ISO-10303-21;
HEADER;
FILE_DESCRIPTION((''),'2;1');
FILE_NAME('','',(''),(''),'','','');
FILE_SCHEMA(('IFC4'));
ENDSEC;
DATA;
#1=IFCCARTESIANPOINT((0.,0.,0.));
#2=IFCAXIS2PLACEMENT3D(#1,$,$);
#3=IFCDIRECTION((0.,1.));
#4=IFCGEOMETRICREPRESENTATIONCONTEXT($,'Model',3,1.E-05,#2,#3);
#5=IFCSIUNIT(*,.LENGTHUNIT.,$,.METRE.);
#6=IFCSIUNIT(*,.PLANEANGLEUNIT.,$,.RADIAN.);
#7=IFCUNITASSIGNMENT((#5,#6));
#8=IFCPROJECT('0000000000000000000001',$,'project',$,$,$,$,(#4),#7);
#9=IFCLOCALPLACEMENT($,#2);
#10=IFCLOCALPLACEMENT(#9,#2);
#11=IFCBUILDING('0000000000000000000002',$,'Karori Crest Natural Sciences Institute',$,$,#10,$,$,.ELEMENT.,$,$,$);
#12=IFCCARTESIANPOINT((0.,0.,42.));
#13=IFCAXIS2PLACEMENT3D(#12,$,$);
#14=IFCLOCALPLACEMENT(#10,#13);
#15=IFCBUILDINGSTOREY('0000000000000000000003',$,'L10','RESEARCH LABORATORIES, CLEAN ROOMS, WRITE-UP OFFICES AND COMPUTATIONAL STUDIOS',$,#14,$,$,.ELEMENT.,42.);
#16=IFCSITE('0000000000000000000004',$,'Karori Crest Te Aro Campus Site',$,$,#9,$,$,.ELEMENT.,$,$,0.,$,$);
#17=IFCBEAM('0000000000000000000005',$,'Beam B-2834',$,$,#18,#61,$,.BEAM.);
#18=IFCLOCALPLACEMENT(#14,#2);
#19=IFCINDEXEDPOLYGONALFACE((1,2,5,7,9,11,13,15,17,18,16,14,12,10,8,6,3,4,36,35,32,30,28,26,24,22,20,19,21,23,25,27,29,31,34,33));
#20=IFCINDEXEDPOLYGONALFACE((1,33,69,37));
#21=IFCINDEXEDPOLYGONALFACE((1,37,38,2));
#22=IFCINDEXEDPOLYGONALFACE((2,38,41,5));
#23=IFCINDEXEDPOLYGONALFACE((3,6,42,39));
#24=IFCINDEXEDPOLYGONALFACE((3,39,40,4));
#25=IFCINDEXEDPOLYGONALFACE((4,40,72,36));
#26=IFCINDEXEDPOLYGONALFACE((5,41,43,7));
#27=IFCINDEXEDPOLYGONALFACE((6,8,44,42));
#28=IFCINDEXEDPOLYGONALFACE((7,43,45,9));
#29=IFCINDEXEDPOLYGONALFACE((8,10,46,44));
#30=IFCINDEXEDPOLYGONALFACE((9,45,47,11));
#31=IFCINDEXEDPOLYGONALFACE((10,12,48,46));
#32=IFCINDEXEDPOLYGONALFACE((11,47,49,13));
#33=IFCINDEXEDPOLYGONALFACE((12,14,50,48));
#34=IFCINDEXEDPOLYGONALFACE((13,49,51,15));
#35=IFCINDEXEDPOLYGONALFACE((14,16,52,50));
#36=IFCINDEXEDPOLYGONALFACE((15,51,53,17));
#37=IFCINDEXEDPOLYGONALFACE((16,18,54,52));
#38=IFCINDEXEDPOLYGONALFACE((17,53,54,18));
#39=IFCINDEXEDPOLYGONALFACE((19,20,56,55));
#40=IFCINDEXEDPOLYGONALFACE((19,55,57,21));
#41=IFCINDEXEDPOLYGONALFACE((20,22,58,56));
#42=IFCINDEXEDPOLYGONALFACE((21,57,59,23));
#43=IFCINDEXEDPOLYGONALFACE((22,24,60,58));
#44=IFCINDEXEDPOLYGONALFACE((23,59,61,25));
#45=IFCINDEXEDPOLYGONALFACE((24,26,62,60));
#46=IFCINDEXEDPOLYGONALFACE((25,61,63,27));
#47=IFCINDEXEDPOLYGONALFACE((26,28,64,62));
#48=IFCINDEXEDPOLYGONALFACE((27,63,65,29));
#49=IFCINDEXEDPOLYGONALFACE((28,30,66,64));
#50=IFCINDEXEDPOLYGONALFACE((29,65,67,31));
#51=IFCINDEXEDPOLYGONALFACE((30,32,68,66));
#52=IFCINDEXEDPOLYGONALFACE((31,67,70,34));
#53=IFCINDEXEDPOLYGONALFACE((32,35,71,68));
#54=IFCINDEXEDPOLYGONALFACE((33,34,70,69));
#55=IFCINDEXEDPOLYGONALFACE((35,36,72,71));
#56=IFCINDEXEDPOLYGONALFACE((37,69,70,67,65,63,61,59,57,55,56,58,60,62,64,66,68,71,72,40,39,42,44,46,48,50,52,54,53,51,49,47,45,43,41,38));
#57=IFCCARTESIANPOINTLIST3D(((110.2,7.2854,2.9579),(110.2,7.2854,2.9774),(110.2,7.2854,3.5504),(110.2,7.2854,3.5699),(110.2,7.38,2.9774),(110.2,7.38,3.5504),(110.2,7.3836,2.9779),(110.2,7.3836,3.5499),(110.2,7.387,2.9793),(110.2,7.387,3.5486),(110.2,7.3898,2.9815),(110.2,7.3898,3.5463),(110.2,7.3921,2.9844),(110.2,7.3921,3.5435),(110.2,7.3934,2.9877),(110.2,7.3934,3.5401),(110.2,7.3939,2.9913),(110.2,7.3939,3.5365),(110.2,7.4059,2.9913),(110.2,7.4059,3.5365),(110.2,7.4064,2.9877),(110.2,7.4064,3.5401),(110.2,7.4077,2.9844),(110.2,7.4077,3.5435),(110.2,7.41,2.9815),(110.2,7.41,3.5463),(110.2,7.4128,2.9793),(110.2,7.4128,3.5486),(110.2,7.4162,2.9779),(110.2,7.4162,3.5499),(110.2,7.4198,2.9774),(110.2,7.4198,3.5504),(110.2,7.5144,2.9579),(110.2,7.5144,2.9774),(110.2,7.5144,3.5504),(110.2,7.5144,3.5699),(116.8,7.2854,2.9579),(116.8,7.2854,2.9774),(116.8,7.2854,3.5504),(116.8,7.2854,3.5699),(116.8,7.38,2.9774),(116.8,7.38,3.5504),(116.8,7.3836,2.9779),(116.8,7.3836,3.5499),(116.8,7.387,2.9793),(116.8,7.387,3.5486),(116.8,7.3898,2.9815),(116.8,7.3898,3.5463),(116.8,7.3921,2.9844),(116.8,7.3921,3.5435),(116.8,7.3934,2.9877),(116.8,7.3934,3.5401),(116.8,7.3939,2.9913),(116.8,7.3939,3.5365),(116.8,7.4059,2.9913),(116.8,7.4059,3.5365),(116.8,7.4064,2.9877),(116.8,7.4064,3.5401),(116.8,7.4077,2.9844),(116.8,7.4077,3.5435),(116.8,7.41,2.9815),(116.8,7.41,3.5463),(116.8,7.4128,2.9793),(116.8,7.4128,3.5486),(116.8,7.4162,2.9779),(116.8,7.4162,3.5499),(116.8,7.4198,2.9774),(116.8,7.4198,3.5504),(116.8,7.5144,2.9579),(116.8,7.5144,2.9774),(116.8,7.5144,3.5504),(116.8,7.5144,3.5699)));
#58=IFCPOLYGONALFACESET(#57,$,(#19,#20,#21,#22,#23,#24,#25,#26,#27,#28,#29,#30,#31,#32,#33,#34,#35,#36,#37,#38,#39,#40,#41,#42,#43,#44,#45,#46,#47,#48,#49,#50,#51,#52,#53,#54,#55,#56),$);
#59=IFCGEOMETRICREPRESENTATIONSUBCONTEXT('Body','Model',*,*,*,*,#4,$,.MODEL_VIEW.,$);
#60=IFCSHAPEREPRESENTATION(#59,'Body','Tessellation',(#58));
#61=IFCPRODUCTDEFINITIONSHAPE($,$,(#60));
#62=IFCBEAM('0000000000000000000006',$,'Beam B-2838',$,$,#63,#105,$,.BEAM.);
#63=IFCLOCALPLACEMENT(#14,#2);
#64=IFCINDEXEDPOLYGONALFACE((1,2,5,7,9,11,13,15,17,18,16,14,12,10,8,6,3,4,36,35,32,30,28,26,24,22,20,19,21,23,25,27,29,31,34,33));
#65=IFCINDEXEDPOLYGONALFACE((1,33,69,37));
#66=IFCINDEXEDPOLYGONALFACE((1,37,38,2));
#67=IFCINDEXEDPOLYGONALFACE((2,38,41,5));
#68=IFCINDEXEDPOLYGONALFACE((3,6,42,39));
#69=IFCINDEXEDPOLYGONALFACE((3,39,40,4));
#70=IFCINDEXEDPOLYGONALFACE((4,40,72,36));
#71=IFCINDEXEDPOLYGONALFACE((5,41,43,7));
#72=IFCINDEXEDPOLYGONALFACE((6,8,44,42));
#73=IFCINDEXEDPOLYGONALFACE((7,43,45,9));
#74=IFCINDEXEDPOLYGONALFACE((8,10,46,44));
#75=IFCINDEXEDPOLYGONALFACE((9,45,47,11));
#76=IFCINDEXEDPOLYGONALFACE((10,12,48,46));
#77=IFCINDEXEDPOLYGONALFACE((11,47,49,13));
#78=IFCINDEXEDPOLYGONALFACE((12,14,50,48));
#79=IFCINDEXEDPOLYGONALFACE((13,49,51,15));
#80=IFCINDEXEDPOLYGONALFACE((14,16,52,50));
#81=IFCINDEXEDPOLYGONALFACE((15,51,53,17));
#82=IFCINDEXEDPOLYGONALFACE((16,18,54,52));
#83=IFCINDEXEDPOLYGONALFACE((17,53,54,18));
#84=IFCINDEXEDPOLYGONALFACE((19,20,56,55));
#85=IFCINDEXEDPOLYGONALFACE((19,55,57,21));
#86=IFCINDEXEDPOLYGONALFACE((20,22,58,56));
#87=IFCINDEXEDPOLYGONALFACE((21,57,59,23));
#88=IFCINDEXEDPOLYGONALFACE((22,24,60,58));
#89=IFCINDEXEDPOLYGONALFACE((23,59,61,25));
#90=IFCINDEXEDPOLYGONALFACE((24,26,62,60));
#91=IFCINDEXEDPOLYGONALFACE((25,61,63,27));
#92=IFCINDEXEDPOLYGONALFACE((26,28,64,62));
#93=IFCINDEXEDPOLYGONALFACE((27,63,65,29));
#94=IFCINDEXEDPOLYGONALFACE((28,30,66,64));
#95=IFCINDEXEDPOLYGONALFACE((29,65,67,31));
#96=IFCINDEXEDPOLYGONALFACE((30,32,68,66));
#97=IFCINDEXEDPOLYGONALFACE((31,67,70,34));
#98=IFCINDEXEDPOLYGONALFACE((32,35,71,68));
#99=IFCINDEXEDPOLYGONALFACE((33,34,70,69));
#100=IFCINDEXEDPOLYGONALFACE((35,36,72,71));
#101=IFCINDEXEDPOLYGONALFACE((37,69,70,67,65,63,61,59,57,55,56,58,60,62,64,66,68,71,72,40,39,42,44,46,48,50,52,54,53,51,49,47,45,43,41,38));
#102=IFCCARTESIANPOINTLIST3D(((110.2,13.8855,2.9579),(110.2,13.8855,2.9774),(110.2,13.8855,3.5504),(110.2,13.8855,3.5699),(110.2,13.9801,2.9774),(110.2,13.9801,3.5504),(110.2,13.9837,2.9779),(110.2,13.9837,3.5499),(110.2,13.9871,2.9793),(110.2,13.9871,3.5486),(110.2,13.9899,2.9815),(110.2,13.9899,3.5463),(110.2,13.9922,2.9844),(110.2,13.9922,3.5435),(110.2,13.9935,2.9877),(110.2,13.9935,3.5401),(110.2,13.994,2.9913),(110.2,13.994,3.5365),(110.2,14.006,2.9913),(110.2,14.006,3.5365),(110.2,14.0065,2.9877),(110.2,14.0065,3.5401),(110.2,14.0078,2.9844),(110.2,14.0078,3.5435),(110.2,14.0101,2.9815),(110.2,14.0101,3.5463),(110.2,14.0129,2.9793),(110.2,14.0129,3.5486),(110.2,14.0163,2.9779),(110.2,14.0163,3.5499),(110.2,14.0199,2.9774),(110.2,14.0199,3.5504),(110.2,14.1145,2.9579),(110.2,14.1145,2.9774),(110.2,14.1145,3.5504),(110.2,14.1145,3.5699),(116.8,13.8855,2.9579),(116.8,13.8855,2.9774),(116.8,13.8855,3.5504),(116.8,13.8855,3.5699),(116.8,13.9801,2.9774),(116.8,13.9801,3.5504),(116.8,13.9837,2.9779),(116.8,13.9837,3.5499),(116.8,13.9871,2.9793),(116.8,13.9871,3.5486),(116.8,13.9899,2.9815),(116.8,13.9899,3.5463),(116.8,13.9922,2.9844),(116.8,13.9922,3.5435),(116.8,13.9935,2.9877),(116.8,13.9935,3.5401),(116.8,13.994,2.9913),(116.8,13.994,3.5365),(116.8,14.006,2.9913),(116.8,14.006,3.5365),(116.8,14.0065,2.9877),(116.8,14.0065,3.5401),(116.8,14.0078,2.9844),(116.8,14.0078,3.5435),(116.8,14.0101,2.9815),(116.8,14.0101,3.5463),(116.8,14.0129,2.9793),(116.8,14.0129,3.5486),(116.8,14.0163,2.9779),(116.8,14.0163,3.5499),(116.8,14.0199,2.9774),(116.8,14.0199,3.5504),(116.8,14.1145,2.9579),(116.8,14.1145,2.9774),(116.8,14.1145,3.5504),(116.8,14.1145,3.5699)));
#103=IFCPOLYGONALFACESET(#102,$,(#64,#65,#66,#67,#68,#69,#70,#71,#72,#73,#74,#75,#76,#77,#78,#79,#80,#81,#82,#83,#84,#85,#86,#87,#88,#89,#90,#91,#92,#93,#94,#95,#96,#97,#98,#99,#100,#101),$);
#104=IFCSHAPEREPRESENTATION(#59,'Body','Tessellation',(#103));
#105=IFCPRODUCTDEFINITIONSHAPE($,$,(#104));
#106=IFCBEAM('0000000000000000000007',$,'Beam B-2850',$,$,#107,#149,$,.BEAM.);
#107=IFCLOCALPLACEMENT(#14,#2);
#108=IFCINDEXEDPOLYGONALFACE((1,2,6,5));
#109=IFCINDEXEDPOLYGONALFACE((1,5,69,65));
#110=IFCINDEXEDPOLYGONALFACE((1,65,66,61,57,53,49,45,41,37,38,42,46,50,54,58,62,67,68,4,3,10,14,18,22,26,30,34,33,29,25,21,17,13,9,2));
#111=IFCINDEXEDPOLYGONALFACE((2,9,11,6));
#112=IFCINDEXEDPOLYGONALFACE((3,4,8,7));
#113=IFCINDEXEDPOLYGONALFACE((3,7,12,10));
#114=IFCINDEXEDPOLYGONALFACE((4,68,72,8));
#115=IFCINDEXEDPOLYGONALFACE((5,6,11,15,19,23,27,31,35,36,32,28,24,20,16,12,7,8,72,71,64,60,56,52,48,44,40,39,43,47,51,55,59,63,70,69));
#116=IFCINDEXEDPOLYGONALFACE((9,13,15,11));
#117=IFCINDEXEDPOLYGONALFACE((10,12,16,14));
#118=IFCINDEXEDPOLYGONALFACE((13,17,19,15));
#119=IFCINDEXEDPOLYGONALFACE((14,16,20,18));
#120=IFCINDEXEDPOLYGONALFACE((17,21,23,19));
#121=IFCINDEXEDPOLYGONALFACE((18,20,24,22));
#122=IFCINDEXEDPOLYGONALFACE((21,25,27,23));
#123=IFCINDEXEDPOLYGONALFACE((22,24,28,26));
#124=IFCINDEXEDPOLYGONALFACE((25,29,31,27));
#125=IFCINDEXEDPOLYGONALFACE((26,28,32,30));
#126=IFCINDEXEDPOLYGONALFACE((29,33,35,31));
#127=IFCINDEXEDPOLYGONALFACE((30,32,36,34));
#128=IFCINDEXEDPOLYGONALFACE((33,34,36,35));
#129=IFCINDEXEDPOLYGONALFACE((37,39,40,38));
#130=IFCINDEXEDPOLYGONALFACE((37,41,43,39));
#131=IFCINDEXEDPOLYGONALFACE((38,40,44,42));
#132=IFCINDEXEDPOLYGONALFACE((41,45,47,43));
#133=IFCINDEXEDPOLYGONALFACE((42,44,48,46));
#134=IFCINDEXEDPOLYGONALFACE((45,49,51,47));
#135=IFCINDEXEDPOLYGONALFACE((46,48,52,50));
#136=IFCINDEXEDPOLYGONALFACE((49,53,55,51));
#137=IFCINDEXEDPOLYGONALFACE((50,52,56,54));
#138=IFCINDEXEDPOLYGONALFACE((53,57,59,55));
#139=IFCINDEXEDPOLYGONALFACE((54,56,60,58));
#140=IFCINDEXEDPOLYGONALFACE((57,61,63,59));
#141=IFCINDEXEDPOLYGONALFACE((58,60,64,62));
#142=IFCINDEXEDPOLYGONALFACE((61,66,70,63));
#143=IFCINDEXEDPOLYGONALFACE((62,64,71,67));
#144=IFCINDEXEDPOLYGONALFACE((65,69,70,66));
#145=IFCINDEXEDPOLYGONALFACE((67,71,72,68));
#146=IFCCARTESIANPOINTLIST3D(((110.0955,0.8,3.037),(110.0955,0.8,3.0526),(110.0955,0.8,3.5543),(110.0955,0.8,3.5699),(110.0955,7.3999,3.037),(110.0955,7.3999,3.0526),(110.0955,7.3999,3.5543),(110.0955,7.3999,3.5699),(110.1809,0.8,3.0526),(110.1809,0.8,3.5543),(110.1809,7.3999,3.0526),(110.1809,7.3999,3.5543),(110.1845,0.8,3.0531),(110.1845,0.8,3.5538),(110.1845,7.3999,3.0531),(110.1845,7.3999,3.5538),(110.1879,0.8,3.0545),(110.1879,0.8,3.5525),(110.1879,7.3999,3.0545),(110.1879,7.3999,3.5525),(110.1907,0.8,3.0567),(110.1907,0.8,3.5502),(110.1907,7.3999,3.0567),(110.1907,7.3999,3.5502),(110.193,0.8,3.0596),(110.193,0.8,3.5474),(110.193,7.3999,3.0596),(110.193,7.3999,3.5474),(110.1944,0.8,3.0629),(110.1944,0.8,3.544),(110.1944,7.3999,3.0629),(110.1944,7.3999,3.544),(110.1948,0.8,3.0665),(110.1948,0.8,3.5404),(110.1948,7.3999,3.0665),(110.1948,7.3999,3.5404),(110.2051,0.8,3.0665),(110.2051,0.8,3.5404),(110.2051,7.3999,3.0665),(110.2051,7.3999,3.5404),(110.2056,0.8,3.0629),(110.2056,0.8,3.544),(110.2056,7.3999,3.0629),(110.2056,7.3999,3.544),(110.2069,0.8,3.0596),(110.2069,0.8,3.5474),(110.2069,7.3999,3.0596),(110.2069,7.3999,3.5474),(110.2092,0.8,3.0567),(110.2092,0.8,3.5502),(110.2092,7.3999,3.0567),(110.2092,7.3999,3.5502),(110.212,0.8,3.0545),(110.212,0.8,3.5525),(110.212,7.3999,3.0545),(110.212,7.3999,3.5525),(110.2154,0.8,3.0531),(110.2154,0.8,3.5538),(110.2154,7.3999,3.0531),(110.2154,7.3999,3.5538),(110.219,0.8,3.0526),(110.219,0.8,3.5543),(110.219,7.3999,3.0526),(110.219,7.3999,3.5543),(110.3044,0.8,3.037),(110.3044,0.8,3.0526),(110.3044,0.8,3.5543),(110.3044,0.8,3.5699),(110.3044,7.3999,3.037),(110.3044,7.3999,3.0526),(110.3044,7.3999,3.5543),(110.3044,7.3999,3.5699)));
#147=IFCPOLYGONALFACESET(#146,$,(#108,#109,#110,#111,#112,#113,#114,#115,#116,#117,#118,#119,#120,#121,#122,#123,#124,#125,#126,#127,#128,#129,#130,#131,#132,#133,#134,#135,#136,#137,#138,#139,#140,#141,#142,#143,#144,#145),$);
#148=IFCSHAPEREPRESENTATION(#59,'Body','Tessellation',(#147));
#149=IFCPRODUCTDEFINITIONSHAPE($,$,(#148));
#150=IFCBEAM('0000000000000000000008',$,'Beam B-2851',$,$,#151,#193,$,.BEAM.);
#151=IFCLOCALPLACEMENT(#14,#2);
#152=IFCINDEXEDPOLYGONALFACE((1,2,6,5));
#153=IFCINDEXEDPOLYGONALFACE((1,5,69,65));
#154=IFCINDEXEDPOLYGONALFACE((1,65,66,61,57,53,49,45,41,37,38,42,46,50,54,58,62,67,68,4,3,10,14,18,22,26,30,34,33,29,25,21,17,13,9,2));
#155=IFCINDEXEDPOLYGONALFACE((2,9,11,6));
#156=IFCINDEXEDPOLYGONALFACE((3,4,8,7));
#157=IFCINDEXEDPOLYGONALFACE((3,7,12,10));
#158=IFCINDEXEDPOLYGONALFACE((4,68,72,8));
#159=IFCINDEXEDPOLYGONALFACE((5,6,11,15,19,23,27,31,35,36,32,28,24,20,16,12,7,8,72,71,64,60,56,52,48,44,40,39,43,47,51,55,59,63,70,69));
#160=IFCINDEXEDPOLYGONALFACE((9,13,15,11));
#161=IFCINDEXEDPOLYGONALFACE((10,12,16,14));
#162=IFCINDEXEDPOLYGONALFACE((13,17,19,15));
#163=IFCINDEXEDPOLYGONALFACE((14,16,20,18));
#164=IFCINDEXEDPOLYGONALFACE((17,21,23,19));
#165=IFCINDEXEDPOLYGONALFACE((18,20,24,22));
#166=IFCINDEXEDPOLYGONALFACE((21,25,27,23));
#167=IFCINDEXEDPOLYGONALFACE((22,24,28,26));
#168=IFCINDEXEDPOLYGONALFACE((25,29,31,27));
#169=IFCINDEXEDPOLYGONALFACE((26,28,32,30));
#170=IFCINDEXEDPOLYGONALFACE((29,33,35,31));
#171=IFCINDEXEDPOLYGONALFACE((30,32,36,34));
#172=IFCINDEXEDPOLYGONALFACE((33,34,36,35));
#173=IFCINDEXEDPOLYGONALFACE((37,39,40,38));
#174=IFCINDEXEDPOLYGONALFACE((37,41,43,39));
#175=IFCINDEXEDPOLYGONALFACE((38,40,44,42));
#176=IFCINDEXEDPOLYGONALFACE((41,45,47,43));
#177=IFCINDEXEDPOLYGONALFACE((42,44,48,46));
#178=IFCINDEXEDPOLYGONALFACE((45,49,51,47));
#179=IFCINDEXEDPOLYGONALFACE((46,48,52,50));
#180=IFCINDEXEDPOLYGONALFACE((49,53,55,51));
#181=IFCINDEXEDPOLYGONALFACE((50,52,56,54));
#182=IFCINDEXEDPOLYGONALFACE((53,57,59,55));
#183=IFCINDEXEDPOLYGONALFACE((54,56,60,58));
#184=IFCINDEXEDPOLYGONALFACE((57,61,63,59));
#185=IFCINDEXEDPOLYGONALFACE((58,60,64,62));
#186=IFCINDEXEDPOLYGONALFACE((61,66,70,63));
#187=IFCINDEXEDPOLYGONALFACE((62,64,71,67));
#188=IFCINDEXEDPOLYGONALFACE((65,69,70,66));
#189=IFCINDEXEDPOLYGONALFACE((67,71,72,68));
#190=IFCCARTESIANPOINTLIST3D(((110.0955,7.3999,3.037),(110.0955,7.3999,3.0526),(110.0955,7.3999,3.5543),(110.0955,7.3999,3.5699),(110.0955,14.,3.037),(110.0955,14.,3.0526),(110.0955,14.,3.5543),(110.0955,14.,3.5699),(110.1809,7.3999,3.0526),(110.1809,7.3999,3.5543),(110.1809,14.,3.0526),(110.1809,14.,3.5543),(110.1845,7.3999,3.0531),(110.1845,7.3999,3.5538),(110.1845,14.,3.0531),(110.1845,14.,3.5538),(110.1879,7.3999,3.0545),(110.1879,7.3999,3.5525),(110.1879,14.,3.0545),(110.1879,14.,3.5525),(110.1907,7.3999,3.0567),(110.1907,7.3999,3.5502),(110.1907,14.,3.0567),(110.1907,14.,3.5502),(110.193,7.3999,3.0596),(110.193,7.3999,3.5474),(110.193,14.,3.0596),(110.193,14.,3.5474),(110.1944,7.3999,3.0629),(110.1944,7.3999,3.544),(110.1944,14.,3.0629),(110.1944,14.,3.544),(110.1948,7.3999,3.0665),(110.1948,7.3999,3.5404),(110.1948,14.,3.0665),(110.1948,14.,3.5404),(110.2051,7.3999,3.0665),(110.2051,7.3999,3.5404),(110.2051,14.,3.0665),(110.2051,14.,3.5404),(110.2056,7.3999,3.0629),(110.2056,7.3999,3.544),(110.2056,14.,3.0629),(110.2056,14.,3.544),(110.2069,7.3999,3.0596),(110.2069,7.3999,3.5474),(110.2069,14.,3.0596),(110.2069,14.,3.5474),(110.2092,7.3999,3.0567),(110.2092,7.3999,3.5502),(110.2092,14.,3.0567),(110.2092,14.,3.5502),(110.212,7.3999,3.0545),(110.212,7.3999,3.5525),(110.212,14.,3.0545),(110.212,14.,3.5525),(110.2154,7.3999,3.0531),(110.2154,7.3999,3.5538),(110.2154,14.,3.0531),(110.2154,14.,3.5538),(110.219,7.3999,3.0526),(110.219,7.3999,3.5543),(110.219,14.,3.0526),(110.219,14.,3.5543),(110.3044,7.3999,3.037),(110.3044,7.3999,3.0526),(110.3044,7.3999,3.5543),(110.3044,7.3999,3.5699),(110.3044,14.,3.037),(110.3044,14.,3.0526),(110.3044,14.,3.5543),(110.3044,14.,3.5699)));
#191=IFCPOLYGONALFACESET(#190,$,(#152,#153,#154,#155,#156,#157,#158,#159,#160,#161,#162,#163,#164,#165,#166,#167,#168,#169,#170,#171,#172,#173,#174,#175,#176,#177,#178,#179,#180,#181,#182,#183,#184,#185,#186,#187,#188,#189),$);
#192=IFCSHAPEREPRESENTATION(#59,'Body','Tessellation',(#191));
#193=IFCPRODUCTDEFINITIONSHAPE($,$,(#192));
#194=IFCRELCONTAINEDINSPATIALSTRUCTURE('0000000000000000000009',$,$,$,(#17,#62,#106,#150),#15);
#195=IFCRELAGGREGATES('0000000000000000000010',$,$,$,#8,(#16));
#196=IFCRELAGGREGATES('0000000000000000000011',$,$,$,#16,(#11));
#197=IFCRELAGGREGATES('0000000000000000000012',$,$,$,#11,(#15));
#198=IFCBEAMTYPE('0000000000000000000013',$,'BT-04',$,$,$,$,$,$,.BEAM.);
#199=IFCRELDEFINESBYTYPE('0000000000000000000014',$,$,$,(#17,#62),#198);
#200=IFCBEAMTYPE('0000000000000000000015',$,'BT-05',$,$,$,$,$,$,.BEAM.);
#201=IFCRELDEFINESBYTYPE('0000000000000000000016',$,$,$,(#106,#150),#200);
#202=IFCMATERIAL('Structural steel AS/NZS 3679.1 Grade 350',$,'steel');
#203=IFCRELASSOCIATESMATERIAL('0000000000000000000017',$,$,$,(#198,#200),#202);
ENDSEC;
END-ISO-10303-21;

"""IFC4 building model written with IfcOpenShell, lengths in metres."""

from ifc_helpers import new_model, si_unit, direction, frame, origin, origin_2d, place, context, subcontext, project, spatial, i_section, extrude, material, material_profile, profile_set, type_object, element, save


model = new_model("IFC4")

# Units and contexts
model_context = context("Model", 3, precision=1e-05, world=origin(), true_north=direction((0.0, 1.0)))
body_context = subcontext(model_context, "Body", "Model", "MODEL_VIEW")
ifc_project = project(units=[si_unit("LENGTHUNIT", "METRE"), si_unit("PLANEANGLEUNIT", "RADIAN")], contexts=[model_context])

# Site, building, storey
site_placement = place(None, origin())
site = spatial("IfcSite", under=ifc_project, at=site_placement, Name="Karori Crest Te Aro Campus Site", CompositionType="ELEMENT", RefElevation=0.0)
building_placement = place(site_placement, origin())
building = spatial("IfcBuilding", under=site, at=building_placement, Name="Karori Crest Natural Sciences Institute", CompositionType="ELEMENT")
storey_placement = place(building_placement, frame((0.0, 0.0, 42.0)))
storey = spatial("IfcBuildingStorey", under=building, at=storey_placement, Name="L10", Description="RESEARCH LABORATORIES, CLEAN ROOMS, WRITE-UP OFFICES AND COMPUTATIONAL STUDIOS", CompositionType="ELEMENT", Elevation=42.0)

# Shared definitions
ifc_material_1 = material(Name="Structural steel AS/NZS 3679.1 Grade 350", Category="steel")

# Beams
ifc_material_profile_1 = material_profile(ifc_material_1, i_section(OverallWidth=0.229, OverallDepth=0.6121, WebThickness=0.012, FlangeThickness=0.0195, FilletRadius=0.0139, at=origin_2d()), Name="610UB125")
ifc_profile_set_1 = profile_set([ifc_material_profile_1], Name="Structural steel AS/NZS 3679.1 Grade 350")
beam_type_1 = type_object("IfcBeamType", Name="BT-04", PredefinedType="BEAM", material=ifc_profile_set_1)
for number, where, z_axis, x_axis, name in (
    (1, (110.2, 7.3999, 3.2639), (1.0, 0.0, 0.0), (0.0, 1.0, 0.0), "Beam B-2834"),
    (2, (110.2, 14.0, 3.2639), (1.0, 0.0, 0.0), (0.0, 1.0, 0.0), "Beam B-2838"),
):
    element("IfcBeam", number, at=place(storey_placement, frame(where, z_axis=z_axis, x_axis=x_axis)), inside=storey, type_object=beam_type_1, Name=name, PredefinedType="BEAM", context=body_context, shape_type="SweptSolid", body=[
        extrude(i_section(OverallWidth=0.229, OverallDepth=0.6121, WebThickness=0.012, FlangeThickness=0.0195, FilletRadius=0.0139, at=origin_2d()), origin(), (0.0, 0.0, 1.0), 6.6001),
    ])
ifc_material_profile_2 = material_profile(ifc_material_1, i_section(OverallWidth=0.209, OverallDepth=0.533, WebThickness=0.0103, FlangeThickness=0.0156, FilletRadius=0.0139, at=origin_2d()), Name="530UB92.4")
ifc_profile_set_2 = profile_set([ifc_material_profile_2], Name="Structural steel AS/NZS 3679.1 Grade 350")
beam_type_2 = type_object("IfcBeamType", Name="BT-05", PredefinedType="BEAM", material=ifc_profile_set_2)
beam_placement = place(storey_placement, frame((110.2, 0.8, 3.3035), z_axis=(0.0, 1.0, 0.0), x_axis=(-1.0, 0.0, 0.0)))
element("IfcBeam", 3, at=beam_placement, inside=storey, type_object=beam_type_2, Name="Beam B-2850", PredefinedType="BEAM", context=body_context, shape_type="SweptSolid", body=[
    extrude(i_section(OverallWidth=0.209, OverallDepth=0.533, WebThickness=0.0103, FlangeThickness=0.0156, FilletRadius=0.0139, at=origin_2d()), origin(), (0.0, 0.0, 1.0), 6.5999),
])
for number, where, z_axis, x_axis, name in (
    (4, (110.2, 7.3999, 3.3035), (0.0, 1.0, 0.0), (-1.0, 0.0, 0.0), "Beam B-2851"),
):
    element("IfcBeam", number, at=place(storey_placement, frame(where, z_axis=z_axis, x_axis=x_axis)), inside=storey, type_object=beam_type_2, Name=name, PredefinedType="BEAM", context=body_context, shape_type="SweptSolid", body=[
        extrude(i_section(OverallWidth=0.209, OverallDepth=0.533, WebThickness=0.0103, FlangeThickness=0.0156, FilletRadius=0.0139, at=origin_2d()), origin(), (0.0, 0.0, 1.0), 6.6001),
    ])

save(model, "model.ifc")
